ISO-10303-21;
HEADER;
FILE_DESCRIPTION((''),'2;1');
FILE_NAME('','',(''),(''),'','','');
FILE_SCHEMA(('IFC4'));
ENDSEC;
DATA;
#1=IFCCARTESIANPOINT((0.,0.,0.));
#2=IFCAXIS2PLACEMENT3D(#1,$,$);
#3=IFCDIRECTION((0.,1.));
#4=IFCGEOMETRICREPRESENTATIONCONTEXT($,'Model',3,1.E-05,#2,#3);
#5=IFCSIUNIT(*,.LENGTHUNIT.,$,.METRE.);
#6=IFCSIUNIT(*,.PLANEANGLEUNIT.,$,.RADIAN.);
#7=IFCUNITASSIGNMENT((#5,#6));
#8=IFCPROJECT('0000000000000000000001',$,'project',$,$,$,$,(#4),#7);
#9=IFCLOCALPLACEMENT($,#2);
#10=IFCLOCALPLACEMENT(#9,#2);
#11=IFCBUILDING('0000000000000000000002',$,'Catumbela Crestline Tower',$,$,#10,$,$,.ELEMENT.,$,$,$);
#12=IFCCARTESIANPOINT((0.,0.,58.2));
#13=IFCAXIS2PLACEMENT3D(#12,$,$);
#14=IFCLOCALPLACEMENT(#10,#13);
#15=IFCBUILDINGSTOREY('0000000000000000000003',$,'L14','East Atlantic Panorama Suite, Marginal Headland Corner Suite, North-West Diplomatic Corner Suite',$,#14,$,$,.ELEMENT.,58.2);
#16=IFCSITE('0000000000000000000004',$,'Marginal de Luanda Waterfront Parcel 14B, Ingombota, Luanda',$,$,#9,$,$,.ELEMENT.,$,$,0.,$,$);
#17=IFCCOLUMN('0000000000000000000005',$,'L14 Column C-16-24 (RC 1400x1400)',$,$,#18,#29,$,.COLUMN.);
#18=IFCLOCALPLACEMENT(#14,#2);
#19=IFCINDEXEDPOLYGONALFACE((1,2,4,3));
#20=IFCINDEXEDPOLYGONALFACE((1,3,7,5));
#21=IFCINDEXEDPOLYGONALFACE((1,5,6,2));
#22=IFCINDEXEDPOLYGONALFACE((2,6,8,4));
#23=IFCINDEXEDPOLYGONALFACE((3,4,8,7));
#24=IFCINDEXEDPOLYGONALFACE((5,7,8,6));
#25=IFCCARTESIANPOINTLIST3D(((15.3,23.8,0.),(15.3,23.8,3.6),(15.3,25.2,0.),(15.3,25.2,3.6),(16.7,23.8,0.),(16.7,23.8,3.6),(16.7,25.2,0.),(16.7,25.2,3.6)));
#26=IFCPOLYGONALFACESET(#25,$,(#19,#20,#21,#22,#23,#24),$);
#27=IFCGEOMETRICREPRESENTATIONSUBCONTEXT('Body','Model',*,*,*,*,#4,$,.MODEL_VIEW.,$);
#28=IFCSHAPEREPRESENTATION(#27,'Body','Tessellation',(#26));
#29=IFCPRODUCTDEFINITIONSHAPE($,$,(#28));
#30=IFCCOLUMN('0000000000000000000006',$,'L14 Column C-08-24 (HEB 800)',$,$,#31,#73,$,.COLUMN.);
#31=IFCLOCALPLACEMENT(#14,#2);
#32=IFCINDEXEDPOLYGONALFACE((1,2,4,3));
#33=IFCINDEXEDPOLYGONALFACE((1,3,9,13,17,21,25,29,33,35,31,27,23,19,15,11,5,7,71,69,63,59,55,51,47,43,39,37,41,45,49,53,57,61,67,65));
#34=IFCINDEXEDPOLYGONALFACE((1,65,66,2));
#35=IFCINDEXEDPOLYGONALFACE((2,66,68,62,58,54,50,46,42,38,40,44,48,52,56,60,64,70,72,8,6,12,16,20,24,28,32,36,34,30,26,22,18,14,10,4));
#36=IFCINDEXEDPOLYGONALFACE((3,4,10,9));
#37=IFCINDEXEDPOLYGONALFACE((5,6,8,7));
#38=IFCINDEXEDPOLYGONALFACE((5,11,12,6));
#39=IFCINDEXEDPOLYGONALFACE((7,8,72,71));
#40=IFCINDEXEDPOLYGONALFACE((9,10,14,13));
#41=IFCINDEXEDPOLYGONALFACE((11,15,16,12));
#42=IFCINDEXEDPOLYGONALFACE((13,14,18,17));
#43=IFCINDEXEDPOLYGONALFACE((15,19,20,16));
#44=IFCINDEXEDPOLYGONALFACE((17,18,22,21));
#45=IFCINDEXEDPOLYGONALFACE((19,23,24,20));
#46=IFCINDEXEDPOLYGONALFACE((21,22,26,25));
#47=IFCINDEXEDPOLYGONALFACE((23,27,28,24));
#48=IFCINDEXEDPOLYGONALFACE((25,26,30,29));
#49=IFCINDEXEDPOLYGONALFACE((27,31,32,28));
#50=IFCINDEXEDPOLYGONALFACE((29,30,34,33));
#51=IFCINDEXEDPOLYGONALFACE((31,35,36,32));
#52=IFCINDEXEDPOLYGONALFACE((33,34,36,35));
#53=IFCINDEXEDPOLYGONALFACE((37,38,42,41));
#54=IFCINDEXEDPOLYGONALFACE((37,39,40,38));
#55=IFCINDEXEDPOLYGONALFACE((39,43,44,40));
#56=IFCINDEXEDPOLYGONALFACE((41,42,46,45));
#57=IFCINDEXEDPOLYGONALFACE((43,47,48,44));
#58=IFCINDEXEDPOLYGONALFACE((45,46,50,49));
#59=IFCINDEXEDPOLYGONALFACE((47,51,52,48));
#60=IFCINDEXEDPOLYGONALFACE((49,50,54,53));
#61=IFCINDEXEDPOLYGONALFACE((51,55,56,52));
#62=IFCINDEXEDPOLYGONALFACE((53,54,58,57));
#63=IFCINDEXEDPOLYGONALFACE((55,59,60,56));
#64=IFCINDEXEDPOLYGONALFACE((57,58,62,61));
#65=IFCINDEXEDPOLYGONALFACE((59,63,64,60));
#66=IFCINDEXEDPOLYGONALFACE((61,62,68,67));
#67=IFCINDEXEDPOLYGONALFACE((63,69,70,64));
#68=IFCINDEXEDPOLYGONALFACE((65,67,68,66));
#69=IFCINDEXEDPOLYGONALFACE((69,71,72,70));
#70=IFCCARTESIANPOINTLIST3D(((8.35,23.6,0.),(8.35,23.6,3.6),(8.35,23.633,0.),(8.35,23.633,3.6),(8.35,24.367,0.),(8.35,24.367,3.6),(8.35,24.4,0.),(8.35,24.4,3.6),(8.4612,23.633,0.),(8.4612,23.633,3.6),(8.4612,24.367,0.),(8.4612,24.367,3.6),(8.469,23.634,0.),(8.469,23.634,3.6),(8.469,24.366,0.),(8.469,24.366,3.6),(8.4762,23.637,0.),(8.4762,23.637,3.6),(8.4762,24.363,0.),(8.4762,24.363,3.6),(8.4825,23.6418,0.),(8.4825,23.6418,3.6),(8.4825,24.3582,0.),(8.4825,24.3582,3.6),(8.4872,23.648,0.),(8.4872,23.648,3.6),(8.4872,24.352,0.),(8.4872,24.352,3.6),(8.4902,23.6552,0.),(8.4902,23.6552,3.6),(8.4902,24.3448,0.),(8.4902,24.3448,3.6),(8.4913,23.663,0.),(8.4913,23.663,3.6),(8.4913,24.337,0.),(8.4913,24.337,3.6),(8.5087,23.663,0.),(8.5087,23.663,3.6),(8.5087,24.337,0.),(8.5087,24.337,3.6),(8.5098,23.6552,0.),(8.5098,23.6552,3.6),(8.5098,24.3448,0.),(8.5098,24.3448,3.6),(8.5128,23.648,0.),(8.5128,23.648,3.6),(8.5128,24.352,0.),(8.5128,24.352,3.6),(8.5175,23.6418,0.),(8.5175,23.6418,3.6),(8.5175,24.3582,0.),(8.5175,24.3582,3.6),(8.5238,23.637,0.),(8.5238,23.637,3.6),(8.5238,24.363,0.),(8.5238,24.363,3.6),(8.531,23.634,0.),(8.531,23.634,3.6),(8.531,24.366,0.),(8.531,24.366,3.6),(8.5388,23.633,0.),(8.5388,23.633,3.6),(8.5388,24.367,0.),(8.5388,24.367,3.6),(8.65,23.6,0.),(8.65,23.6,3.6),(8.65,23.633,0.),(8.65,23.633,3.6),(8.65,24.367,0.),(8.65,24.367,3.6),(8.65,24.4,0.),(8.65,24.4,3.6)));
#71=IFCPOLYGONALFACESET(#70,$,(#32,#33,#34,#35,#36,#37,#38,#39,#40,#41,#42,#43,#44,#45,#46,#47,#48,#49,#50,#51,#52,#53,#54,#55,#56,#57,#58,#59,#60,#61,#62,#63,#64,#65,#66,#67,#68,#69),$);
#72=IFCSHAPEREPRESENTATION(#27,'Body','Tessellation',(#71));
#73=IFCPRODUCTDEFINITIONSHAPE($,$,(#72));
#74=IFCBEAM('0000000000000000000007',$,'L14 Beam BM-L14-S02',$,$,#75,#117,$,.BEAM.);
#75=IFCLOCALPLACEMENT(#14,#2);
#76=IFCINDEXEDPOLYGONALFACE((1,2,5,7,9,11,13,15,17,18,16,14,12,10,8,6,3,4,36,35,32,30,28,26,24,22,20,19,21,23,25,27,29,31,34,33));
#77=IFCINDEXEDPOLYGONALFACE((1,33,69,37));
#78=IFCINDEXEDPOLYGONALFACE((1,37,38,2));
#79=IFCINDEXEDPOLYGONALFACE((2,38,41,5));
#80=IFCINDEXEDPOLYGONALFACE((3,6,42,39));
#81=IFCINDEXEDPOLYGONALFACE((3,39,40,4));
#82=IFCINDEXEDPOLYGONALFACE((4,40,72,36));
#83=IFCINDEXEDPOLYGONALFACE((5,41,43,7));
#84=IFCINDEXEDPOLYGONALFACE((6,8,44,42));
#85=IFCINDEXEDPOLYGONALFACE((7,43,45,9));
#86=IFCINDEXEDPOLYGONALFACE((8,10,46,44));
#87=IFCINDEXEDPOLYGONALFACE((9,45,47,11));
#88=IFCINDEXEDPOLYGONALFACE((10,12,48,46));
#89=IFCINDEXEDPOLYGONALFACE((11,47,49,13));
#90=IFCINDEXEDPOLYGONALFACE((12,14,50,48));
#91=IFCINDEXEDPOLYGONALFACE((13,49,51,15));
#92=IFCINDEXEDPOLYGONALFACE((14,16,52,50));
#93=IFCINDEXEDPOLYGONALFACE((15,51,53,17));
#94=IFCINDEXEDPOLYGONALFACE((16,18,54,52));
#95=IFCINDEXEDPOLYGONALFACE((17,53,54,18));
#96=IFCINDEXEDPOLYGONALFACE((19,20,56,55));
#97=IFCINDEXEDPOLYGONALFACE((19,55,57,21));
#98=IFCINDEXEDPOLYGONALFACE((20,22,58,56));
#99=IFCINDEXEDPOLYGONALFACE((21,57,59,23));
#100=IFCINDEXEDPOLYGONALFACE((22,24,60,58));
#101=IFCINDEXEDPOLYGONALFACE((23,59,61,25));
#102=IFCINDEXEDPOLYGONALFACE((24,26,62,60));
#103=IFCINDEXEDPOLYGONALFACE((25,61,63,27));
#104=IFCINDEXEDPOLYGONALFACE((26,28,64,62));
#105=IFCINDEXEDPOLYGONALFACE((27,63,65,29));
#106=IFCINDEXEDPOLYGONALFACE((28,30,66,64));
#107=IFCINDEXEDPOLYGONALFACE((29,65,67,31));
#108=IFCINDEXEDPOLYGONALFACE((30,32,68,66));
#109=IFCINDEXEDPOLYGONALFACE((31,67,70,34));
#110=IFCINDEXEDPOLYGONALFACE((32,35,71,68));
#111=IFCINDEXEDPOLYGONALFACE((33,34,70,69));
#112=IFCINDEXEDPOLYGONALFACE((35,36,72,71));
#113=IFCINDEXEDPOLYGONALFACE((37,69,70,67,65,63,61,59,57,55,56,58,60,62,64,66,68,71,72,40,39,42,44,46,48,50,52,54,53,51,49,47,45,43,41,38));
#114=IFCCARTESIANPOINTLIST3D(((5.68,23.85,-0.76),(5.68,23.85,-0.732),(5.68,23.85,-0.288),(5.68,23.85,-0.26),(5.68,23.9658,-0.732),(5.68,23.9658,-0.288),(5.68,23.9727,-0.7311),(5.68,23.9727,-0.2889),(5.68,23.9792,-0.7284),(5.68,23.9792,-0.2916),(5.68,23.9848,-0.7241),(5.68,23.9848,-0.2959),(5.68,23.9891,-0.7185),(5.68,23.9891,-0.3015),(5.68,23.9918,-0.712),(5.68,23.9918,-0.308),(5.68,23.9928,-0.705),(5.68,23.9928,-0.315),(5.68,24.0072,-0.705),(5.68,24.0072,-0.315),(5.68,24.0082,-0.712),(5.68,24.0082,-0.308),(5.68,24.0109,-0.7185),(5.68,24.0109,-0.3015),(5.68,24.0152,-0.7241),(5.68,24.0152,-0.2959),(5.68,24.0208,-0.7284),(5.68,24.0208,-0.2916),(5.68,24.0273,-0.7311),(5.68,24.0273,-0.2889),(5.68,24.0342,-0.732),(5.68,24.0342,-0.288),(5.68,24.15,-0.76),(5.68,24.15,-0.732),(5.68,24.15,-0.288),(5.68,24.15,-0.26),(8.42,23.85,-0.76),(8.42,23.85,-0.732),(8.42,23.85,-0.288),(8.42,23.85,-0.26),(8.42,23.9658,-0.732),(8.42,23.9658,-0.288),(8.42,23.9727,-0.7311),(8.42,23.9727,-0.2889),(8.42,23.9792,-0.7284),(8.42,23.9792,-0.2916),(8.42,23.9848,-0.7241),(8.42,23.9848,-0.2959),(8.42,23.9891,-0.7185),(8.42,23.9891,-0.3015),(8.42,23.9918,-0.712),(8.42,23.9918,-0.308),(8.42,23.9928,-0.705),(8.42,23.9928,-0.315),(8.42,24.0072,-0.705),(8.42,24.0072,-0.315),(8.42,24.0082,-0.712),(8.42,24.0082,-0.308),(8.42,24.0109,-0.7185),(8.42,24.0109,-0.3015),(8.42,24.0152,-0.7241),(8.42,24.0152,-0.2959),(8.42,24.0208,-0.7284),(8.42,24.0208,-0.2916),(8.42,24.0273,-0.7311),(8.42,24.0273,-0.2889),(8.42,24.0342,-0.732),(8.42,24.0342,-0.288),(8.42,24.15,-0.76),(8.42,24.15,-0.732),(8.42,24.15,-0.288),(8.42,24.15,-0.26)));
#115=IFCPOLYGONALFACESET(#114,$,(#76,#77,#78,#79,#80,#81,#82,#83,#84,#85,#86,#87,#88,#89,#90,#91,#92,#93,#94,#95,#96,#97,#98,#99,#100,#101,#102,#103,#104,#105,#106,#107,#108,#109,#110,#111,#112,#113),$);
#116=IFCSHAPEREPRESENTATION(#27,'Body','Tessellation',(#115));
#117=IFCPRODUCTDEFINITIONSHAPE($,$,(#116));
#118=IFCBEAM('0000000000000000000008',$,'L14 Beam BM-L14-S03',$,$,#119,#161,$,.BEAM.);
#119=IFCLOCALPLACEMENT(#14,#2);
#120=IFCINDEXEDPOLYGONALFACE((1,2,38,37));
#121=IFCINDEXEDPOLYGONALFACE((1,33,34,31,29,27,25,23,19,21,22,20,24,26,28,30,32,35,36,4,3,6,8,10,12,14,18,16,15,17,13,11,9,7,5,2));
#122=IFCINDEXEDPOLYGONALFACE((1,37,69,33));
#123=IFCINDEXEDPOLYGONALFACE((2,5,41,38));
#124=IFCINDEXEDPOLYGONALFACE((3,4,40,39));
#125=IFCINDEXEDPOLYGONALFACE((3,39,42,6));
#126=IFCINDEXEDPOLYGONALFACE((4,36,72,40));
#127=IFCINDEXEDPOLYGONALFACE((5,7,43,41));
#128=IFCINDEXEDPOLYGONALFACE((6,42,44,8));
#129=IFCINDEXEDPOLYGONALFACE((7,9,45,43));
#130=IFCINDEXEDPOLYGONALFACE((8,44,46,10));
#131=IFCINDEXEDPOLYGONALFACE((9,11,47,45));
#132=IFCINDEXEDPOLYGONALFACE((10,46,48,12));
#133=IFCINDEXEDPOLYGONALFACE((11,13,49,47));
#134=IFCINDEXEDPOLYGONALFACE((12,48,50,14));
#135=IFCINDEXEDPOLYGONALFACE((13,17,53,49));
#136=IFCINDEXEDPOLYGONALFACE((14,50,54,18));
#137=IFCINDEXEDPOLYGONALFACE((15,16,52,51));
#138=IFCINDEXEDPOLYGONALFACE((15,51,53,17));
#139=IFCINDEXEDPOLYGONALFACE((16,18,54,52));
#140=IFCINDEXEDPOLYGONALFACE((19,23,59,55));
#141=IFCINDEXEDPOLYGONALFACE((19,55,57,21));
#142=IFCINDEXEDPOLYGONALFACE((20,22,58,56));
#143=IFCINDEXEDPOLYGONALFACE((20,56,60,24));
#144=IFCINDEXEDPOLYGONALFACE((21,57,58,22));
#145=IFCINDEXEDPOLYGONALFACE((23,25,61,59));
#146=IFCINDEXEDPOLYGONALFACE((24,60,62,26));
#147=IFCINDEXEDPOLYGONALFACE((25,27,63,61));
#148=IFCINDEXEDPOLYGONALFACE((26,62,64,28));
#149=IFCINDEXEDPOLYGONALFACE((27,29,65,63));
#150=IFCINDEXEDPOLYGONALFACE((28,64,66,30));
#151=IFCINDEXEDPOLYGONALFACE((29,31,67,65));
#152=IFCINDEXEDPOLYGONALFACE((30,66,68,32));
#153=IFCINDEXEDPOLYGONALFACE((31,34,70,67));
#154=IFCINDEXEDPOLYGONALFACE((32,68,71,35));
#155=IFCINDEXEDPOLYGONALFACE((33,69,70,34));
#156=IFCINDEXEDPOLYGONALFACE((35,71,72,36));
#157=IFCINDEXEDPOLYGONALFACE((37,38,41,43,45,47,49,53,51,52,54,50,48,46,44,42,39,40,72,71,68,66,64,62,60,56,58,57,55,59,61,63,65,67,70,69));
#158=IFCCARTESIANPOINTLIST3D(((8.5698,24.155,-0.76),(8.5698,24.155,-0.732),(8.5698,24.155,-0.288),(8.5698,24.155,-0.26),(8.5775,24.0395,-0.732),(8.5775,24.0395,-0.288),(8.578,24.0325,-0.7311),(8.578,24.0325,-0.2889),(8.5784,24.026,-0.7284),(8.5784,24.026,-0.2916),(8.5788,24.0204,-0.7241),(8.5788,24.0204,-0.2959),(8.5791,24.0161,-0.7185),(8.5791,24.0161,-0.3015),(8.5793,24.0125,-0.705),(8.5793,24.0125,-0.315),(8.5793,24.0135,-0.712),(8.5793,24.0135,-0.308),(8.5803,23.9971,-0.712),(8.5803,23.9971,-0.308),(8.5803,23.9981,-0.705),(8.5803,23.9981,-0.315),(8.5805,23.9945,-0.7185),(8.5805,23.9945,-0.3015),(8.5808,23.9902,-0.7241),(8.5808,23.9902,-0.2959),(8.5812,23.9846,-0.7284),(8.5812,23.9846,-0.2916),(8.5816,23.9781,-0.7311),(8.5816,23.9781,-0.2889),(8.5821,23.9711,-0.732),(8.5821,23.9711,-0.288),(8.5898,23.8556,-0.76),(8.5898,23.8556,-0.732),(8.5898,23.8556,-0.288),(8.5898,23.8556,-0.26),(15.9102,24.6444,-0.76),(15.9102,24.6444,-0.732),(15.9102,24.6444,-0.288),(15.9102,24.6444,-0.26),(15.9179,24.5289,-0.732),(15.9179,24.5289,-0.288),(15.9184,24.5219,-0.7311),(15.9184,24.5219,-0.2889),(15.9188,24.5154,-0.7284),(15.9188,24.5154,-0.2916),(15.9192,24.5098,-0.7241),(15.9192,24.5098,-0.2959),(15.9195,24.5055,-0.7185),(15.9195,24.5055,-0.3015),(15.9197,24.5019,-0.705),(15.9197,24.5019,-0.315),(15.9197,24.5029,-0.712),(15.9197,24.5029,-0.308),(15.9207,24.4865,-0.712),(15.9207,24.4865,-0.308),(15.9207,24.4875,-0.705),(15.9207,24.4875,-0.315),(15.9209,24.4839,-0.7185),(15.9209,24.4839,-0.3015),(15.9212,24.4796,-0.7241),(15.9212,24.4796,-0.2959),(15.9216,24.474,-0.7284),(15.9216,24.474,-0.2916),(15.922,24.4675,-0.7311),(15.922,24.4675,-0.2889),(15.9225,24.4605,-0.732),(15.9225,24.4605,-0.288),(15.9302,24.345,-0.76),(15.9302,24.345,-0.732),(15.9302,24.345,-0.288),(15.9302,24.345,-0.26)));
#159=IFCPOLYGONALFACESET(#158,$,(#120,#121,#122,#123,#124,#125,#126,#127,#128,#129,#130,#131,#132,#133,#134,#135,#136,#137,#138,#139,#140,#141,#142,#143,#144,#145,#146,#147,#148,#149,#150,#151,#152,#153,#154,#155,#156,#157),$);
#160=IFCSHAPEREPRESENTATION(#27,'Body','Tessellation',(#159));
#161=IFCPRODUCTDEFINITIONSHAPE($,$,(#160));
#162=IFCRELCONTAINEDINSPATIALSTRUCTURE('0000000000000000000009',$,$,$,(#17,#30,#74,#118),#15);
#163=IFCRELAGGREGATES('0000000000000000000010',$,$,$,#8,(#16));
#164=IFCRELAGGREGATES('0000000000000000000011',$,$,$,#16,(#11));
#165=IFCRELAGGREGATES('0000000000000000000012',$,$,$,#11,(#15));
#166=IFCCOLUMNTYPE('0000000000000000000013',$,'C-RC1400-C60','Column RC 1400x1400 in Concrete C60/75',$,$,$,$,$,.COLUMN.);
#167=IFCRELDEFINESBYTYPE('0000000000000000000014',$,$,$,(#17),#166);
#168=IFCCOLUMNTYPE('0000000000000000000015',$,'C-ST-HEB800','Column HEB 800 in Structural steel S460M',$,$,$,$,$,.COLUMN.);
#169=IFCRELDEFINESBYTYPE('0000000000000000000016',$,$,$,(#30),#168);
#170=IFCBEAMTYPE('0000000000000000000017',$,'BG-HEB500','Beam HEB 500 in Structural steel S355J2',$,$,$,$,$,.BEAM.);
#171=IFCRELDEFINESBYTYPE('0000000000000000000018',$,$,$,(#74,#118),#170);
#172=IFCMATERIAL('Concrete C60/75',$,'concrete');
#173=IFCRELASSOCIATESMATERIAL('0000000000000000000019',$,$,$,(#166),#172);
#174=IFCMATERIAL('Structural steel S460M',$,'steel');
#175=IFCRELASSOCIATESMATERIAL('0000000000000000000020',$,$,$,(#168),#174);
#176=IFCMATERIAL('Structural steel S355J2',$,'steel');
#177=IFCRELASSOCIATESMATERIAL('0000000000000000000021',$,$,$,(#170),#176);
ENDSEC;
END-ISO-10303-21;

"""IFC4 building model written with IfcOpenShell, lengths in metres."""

from ifc_helpers import new_model, si_unit, direction, frame, origin, origin_2d, place, context, subcontext, project, spatial, rectangle, i_section, extrude, material, material_profile, profile_set, type_object, element, save


model = new_model("IFC4")

# Units and contexts
model_context = context("Model", 3, precision=1e-05, world=origin(), true_north=direction((0.0, 1.0)))
body_context = subcontext(model_context, "Body", "Model", "MODEL_VIEW")
ifc_project = project(units=[si_unit("LENGTHUNIT", "METRE"), si_unit("PLANEANGLEUNIT", "RADIAN")], contexts=[model_context])

# Site, building, storey
site_placement = place(None, origin())
site = spatial("IfcSite", under=ifc_project, at=site_placement, Name="Marginal de Luanda Waterfront Parcel 14B, Ingombota, Luanda", CompositionType="ELEMENT", RefElevation=0.0)
building_placement = place(site_placement, origin())
building = spatial("IfcBuilding", under=site, at=building_placement, Name="Catumbela Crestline Tower", CompositionType="ELEMENT")
storey_placement = place(building_placement, frame((0.0, 0.0, 58.2)))
storey = spatial("IfcBuildingStorey", under=building, at=storey_placement, Name="L14", Description="East Atlantic Panorama Suite, Marginal Headland Corner Suite, North-West Diplomatic Corner Suite", CompositionType="ELEMENT", Elevation=58.2)

# Columns
ifc_material_1 = material(Name="Concrete C60/75", Category="concrete")
ifc_material_profile_1 = material_profile(ifc_material_1, rectangle(XDim=1.4, YDim=1.4, at=origin_2d()), Name="RC 1400x1400")
ifc_profile_set_1 = profile_set([ifc_material_profile_1], Name="Concrete C60/75")
column_type_1 = type_object("IfcColumnType", Name="C-RC1400-C60", Description="Column RC 1400x1400 in Concrete C60/75", PredefinedType="COLUMN", material=ifc_profile_set_1)
column_1_placement = place(storey_placement, frame((16.0, 24.5, 0.0), z_axis=(0.0, 0.0, 1.0), x_axis=(1.0, 0.0, 0.0)))
element("IfcColumn", 1, at=column_1_placement, inside=storey, type_object=column_type_1, Name="L14 Column C-16-24 (RC 1400x1400)", PredefinedType="COLUMN", context=body_context, shape_type="SweptSolid", body=[
    extrude(rectangle(XDim=1.4, YDim=1.4, at=origin_2d()), origin(), (0.0, 0.0, 1.0), 3.6),
])
ifc_material_2 = material(Name="Structural steel S460M", Category="steel")
ifc_material_profile_2 = material_profile(ifc_material_2, i_section(OverallWidth=0.3, OverallDepth=0.8, WebThickness=0.0175, FlangeThickness=0.033, FilletRadius=0.03, at=origin_2d()), Name="HEB 800")
ifc_profile_set_2 = profile_set([ifc_material_profile_2], Name="Structural steel S460M")
column_type_2 = type_object("IfcColumnType", Name="C-ST-HEB800", Description="Column HEB 800 in Structural steel S460M", PredefinedType="COLUMN", material=ifc_profile_set_2)
column_2_placement = place(storey_placement, frame((8.5, 24.0, 0.0), z_axis=(0.0, 0.0, 1.0), x_axis=(1.0, 0.0, 0.0)))
element("IfcColumn", 2, at=column_2_placement, inside=storey, type_object=column_type_2, Name="L14 Column C-08-24 (HEB 800)", PredefinedType="COLUMN", context=body_context, shape_type="SweptSolid", body=[
    extrude(i_section(OverallWidth=0.3, OverallDepth=0.8, WebThickness=0.0175, FlangeThickness=0.033, FilletRadius=0.03, at=origin_2d()), origin(), (0.0, 0.0, 1.0), 3.6),
])

# Beams
ifc_material_3 = material(Name="Structural steel S355J2", Category="steel")
ifc_material_profile_3 = material_profile(ifc_material_3, i_section(OverallWidth=0.3, OverallDepth=0.5, WebThickness=0.0145, FlangeThickness=0.028, FilletRadius=0.027, at=origin_2d()), Name="HEB 500")
ifc_profile_set_3 = profile_set([ifc_material_profile_3], Name="Structural steel S355J2")
beam_type_1 = type_object("IfcBeamType", Name="BG-HEB500", Description="Beam HEB 500 in Structural steel S355J2", PredefinedType="BEAM", material=ifc_profile_set_3)
beam_1_placement = place(storey_placement, frame((5.68, 24.0, -0.51), z_axis=(1.0, 0.0, 0.0), x_axis=(0.0, 1.0, 0.0)))
element("IfcBeam", 3, at=beam_1_placement, inside=storey, type_object=beam_type_1, Name="L14 Beam BM-L14-S02", PredefinedType="BEAM", context=body_context, shape_type="SweptSolid", body=[
    extrude(i_section(OverallWidth=0.3, OverallDepth=0.5, WebThickness=0.0145, FlangeThickness=0.028, FilletRadius=0.027, at=origin_2d()), origin(), (0.0, 0.0, 1.0), 2.74),
])
beam_2_placement = place(storey_placement, frame((8.5798, 24.0053, -0.51), z_axis=(0.997785, 0.066524, 0.0), x_axis=(-0.066524, 0.997785, 0.0)))
element("IfcBeam", 4, at=beam_2_placement, inside=storey, type_object=beam_type_1, Name="L14 Beam BM-L14-S03", PredefinedType="BEAM", context=body_context, shape_type="SweptSolid", body=[
    extrude(i_section(OverallWidth=0.3, OverallDepth=0.5, WebThickness=0.0145, FlangeThickness=0.028, FilletRadius=0.027, at=origin_2d()), origin(), (0.0, 0.0, 1.0), 7.3567),
])

save(model, "model.ifc")
